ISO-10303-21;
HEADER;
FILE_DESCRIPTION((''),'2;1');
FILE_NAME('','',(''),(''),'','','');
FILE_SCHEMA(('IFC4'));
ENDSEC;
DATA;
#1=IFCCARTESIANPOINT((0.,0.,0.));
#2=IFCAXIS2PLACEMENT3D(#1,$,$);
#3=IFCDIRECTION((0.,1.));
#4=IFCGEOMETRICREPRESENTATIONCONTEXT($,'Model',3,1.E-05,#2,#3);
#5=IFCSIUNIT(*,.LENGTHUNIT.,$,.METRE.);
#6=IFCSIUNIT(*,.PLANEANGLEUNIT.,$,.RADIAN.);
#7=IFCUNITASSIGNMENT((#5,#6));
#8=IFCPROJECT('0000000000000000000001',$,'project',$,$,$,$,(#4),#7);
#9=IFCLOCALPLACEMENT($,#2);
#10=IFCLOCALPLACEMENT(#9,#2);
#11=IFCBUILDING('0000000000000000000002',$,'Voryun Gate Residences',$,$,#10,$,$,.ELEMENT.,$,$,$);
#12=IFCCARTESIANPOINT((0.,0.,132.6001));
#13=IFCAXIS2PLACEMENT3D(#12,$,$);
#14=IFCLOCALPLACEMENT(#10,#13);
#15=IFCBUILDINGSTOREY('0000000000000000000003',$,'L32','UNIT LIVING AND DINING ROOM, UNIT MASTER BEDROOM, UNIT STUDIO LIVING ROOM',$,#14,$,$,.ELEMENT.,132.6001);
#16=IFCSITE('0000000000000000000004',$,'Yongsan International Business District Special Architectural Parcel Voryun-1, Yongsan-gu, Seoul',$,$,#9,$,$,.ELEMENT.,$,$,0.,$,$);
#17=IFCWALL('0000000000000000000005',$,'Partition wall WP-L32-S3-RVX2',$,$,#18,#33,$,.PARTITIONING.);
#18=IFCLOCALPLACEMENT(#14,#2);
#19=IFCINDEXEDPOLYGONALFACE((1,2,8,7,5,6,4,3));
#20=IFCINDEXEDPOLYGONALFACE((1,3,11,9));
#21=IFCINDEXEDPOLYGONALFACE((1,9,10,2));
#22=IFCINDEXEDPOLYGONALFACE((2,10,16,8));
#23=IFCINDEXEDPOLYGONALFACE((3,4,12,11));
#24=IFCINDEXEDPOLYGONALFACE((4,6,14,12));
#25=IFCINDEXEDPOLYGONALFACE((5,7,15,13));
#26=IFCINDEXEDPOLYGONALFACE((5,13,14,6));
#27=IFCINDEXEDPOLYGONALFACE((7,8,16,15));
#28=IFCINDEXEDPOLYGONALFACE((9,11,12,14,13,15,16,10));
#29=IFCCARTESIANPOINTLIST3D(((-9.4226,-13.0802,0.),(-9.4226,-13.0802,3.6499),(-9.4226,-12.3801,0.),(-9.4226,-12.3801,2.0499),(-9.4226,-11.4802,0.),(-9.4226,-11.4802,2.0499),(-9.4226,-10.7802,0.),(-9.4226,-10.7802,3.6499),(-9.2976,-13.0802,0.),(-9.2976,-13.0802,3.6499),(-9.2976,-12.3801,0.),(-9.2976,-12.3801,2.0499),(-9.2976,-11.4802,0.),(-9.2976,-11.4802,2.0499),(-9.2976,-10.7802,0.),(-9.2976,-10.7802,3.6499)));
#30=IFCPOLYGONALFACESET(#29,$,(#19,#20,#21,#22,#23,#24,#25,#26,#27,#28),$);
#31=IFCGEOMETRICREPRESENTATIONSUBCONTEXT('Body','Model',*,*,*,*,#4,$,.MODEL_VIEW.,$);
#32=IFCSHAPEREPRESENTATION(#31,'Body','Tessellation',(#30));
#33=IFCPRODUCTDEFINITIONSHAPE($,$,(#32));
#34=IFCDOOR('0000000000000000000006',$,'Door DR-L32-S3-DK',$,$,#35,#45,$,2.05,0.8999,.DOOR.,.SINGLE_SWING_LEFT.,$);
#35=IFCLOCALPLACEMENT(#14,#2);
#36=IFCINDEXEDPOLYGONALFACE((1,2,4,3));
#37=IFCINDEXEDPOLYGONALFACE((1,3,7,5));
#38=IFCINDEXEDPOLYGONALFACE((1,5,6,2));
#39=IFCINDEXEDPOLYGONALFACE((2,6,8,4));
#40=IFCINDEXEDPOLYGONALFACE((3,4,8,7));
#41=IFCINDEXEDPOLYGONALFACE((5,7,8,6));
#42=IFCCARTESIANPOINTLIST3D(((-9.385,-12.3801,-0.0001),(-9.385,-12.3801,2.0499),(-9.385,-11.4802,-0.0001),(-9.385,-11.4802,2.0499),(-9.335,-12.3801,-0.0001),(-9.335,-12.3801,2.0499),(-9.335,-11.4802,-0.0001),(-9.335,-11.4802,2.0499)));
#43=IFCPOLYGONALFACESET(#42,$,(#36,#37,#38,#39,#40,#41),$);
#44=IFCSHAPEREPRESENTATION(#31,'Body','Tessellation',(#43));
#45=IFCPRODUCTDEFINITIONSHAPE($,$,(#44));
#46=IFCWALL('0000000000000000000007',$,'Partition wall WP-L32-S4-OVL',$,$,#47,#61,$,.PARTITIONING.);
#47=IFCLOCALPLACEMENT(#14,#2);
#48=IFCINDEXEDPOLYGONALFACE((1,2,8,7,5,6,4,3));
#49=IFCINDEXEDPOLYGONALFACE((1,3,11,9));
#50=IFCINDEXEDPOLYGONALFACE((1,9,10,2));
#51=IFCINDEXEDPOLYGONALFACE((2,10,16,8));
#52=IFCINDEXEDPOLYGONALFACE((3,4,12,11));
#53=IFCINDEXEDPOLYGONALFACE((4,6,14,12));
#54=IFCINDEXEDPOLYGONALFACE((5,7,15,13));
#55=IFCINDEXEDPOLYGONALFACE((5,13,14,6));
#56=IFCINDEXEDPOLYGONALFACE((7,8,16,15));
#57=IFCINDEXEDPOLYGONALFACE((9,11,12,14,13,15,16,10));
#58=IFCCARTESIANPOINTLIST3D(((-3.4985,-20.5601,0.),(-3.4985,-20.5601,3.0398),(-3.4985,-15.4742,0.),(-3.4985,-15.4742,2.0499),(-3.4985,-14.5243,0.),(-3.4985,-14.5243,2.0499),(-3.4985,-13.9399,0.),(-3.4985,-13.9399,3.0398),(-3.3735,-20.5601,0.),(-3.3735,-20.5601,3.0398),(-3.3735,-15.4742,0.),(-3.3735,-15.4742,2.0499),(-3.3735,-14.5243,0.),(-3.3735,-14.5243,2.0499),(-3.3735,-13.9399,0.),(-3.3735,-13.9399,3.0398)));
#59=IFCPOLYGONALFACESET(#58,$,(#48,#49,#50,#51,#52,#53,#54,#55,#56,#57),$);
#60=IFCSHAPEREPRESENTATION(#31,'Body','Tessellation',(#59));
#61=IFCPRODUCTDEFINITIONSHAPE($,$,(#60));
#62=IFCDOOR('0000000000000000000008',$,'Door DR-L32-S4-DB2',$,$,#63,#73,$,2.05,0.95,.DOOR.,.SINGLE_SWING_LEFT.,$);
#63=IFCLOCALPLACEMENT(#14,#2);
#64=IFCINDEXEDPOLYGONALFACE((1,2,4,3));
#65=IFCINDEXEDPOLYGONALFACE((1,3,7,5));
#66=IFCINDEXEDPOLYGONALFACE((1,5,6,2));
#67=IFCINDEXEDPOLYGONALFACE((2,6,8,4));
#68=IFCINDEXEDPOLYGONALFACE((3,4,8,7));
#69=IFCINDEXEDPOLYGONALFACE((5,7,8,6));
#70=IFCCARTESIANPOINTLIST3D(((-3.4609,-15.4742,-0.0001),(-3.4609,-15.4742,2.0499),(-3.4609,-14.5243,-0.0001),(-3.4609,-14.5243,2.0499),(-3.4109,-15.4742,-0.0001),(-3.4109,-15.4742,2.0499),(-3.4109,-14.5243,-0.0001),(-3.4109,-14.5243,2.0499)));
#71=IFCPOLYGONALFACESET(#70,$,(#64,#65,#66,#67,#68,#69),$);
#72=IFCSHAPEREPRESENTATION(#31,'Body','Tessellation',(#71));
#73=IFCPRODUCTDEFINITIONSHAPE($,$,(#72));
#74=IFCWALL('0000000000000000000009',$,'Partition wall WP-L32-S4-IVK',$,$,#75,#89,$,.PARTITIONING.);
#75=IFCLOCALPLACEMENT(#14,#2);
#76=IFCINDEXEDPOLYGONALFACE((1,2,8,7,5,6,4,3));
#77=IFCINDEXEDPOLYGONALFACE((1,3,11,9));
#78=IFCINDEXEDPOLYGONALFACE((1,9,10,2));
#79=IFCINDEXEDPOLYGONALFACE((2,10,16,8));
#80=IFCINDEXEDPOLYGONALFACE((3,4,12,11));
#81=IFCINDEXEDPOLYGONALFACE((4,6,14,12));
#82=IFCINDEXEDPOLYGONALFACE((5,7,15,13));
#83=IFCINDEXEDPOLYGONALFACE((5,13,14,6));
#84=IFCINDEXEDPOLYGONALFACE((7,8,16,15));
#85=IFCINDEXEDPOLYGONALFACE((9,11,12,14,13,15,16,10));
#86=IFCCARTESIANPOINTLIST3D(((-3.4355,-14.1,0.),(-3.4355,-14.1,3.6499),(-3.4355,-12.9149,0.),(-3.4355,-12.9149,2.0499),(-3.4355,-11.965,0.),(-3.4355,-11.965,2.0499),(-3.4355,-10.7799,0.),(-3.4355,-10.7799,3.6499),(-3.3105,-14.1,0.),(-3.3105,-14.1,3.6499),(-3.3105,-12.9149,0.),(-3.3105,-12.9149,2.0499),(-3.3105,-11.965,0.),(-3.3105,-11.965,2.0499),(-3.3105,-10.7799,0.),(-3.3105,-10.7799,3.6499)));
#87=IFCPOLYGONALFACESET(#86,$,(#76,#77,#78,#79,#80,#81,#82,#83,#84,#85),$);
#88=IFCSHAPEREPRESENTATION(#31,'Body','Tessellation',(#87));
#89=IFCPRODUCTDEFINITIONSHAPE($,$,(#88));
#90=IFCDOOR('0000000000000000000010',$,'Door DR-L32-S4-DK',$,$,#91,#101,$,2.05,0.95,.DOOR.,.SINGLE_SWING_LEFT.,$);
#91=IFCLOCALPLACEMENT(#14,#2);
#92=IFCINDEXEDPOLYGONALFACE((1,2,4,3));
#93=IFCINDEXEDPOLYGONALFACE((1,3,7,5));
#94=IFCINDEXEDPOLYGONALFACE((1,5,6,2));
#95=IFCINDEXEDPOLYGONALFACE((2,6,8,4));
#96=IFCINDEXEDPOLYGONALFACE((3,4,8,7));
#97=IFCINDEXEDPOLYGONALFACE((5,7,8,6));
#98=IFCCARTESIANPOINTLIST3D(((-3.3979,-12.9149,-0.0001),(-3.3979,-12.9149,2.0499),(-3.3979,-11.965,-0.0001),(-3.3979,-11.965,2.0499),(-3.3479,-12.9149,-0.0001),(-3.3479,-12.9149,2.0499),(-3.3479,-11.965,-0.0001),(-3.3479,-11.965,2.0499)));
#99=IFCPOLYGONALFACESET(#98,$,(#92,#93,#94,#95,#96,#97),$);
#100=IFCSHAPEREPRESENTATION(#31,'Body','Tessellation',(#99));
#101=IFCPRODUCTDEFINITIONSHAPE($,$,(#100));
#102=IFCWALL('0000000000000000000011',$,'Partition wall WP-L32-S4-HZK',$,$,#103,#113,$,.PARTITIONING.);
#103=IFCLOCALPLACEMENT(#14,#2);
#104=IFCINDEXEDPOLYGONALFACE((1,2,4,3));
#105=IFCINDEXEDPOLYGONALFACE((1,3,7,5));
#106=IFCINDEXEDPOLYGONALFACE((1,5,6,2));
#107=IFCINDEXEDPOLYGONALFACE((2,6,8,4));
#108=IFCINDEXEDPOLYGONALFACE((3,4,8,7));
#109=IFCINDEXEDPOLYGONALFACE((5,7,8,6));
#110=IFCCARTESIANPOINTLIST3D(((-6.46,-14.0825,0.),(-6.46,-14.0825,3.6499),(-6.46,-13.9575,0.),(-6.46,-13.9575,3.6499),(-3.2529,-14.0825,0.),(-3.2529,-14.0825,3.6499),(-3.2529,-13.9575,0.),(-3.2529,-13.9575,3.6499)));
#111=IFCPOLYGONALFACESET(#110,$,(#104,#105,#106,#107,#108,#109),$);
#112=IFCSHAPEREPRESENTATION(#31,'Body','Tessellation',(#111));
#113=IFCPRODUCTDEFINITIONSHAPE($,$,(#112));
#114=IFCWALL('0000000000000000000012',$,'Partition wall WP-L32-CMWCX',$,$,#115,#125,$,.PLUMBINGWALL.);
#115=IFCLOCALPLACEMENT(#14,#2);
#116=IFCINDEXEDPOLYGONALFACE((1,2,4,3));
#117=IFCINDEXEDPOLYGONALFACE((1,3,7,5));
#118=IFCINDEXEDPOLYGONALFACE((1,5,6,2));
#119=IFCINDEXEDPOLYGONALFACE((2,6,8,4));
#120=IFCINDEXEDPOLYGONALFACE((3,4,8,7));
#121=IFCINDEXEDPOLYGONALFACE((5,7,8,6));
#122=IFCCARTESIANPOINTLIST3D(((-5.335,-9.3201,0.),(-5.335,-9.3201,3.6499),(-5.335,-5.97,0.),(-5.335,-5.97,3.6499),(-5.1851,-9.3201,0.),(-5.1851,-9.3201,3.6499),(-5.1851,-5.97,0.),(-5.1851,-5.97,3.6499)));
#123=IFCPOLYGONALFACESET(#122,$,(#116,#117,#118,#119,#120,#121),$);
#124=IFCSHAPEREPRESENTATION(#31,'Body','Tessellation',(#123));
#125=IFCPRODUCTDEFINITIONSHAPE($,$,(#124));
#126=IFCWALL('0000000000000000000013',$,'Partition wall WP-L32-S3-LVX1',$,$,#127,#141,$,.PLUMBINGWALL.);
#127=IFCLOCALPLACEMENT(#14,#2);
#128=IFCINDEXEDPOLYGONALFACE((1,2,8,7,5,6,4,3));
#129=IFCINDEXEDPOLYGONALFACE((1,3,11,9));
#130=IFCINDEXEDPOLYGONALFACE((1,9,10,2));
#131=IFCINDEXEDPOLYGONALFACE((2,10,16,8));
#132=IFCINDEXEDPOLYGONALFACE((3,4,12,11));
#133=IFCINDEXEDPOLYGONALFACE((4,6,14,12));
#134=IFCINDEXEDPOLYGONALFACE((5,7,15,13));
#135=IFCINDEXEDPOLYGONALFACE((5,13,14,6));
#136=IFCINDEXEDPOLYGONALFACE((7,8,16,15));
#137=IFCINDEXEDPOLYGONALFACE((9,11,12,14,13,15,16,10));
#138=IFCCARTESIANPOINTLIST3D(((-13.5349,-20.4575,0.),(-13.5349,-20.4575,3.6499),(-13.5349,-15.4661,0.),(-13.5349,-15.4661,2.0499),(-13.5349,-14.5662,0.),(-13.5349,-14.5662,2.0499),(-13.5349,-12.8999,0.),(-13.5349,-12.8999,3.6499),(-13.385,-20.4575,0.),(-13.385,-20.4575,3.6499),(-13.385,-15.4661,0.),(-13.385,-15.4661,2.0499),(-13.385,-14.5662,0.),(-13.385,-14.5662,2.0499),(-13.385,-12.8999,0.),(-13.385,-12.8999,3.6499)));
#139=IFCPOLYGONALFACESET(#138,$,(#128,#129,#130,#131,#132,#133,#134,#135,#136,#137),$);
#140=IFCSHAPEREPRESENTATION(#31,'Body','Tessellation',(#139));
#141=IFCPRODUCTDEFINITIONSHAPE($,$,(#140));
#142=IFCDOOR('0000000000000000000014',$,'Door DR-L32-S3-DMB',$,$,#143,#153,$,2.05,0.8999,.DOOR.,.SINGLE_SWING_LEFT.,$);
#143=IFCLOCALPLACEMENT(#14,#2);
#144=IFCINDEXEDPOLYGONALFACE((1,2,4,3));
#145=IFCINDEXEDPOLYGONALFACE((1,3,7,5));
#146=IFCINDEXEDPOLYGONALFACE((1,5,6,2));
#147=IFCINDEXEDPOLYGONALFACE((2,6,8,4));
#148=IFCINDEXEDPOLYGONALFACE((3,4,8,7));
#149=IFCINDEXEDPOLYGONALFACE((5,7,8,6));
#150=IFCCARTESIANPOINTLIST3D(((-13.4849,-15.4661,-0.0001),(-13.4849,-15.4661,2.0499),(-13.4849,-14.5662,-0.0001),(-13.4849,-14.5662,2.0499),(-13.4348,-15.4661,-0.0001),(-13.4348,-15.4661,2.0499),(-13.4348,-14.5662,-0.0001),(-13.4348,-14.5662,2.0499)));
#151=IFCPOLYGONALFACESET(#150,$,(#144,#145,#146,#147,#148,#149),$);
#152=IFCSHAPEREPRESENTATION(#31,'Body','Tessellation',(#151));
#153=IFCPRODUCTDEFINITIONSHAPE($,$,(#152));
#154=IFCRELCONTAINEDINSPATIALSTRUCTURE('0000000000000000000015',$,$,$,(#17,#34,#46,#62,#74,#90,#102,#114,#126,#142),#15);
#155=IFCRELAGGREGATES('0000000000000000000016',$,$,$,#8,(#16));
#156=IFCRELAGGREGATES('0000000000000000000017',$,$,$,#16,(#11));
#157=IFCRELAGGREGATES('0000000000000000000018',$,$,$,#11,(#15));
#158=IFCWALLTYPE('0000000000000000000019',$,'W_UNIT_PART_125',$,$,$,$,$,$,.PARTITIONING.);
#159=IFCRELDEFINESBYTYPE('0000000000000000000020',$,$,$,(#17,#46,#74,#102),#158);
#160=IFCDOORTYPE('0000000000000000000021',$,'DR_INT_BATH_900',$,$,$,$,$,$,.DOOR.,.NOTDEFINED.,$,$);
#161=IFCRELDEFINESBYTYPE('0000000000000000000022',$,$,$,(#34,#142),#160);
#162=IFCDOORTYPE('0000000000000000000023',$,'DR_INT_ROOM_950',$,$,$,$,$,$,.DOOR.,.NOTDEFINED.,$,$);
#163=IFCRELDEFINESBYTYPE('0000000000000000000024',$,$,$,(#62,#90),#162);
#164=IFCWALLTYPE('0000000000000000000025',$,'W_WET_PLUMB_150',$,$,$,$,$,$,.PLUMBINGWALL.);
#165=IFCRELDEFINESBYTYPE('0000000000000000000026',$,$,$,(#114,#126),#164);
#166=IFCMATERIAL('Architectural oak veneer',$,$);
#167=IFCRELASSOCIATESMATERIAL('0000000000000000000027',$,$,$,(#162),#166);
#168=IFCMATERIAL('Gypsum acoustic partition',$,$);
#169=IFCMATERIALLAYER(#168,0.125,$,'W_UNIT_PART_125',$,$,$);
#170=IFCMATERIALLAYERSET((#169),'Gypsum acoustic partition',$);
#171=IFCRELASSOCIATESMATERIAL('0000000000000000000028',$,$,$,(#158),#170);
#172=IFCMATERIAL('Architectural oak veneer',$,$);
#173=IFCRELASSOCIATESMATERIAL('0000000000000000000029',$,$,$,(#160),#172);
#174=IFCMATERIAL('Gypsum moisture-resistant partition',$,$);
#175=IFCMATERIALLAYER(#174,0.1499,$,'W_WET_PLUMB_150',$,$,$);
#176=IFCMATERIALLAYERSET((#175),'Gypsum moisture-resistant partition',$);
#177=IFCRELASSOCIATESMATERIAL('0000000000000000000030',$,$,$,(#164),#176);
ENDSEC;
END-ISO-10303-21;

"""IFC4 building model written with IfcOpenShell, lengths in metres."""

from ifc_helpers import new_model, si_unit, direction, frame, frame_2d, origin, place, context, subcontext, project, spatial, rectangle, extrude, material, layer, layer_set, type_object, element, fill, save


model = new_model("IFC4")

# Units and contexts
model_context = context("Model", 3, precision=1e-05, world=origin(), true_north=direction((0.0, 1.0)))
body_context = subcontext(model_context, "Body", "Model", "MODEL_VIEW")
ifc_project = project(units=[si_unit("LENGTHUNIT", "METRE"), si_unit("PLANEANGLEUNIT", "RADIAN")], contexts=[model_context])

# Site, building, storey
site_placement = place(None, origin())
site = spatial("IfcSite", under=ifc_project, at=site_placement, Name="Yongsan International Business District Special Architectural Parcel Voryun-1, Yongsan-gu, Seoul", CompositionType="ELEMENT", RefElevation=0.0)
building_placement = place(site_placement, origin())
building = spatial("IfcBuilding", under=site, at=building_placement, Name="Voryun Gate Residences", CompositionType="ELEMENT")
storey_placement = place(building_placement, frame((0.0, 0.0, 132.6001)))
storey = spatial("IfcBuildingStorey", under=building, at=storey_placement, Name="L32", Description="UNIT LIVING AND DINING ROOM, UNIT MASTER BEDROOM, UNIT STUDIO LIVING ROOM", CompositionType="ELEMENT", Elevation=132.6001)

# Shared definitions
ifc_material_1 = material(Name="Architectural oak veneer")
door_type_1 = type_object("IfcDoorType", Name="DR_INT_ROOM_950", OperationType="NOTDEFINED", PredefinedType="DOOR", material=ifc_material_1)

# Shared definitions
ifc_material_2 = material(Name="Gypsum acoustic partition")
ifc_layer_1 = layer(ifc_material_2, 0.125, Name="W_UNIT_PART_125")
ifc_layer_set_1 = layer_set([ifc_layer_1], Name="Gypsum acoustic partition")
wall_type_1 = type_object("IfcWallType", Name="W_UNIT_PART_125", PredefinedType="PARTITIONING", material=ifc_layer_set_1)

# Walls, openings, doors
ifc_material_3 = material(Name="Architectural oak veneer")
door_type_2 = type_object("IfcDoorType", Name="DR_INT_BATH_900", OperationType="NOTDEFINED", PredefinedType="DOOR", material=ifc_material_3)
wall_1_placement = place(storey_placement, frame((-9.3601, -13.0801, 0.0), z_axis=(0.0, 0.0, 1.0), x_axis=(0.0, 1.0, 0.0)))
wall_1 = element("IfcWall", 1, at=wall_1_placement, inside=storey, type_object=wall_type_1, Name="Partition wall WP-L32-S3-RVX2", PredefinedType="PARTITIONING", context=body_context, shape_type="SweptSolid", body=[
    extrude(rectangle(XDim=2.3, YDim=0.125, at=frame_2d((1.1499, 0.0))), origin(), (0.0, 0.0, 1.0), 3.6499),
])
opening_1_placement = place(wall_1_placement, frame((0.7, 0.0, 0.0)))
opening_1 = element("IfcOpeningElement", 2, at=opening_1_placement, cuts=wall_1, PredefinedType="OPENING", context=body_context, shape_type="SweptSolid", body=[
    extrude(rectangle(XDim=0.8999, YDim=2.05, at=frame_2d((0.45, 1.0249))), frame((0.0, 0.0725, 0.0), z_axis=(0.0, -1.0, 0.0), x_axis=(1.0, 0.0, 0.0)), (0.0, 0.0, 1.0), 0.145),
])
door_1_placement = place(opening_1_placement, origin())
door_1 = element("IfcDoor", 3, at=door_1_placement, inside=storey, type_object=door_type_2, Name="Door DR-L32-S3-DK", OperationType="SINGLE_SWING_LEFT", OverallHeight=2.05, OverallWidth=0.8999, PredefinedType="DOOR", context=body_context, shape_type="SweptSolid", body=[
    extrude(rectangle(XDim=0.8999, YDim=2.05, at=frame_2d((0.45, 1.0249))), frame((0.0, 0.0249, 0.0), z_axis=(0.0, -1.0, 0.0), x_axis=(1.0, 0.0, 0.0)), (0.0, 0.0, 1.0), 0.05),
])
fill(opening_1, door_1)
wall_2_placement = place(storey_placement, frame((-3.436, -20.5601, 0.0), z_axis=(0.0, 0.0, 1.0), x_axis=(0.0, 1.0, 0.0)))
wall_2 = element("IfcWall", 4, at=wall_2_placement, inside=storey, type_object=wall_type_1, Name="Partition wall WP-L32-S4-OVL", PredefinedType="PARTITIONING", context=body_context, shape_type="SweptSolid", body=[
    extrude(rectangle(XDim=6.6201, YDim=0.125, at=frame_2d((3.3101, 0.0))), origin(), (0.0, 0.0, 1.0), 3.0398),
])
opening_2_placement = place(wall_2_placement, frame((5.0857, 0.0, 0.0)))
opening_2 = element("IfcOpeningElement", 5, at=opening_2_placement, cuts=wall_2, PredefinedType="OPENING", context=body_context, shape_type="SweptSolid", body=[
    extrude(rectangle(XDim=0.95, YDim=2.05, at=frame_2d((0.4751, 1.0249))), frame((0.0, 0.0725, 0.0), z_axis=(0.0, -1.0, 0.0), x_axis=(1.0, 0.0, 0.0)), (0.0, 0.0, 1.0), 0.145),
])
door_2_placement = place(opening_2_placement, origin())
door_2 = element("IfcDoor", 6, at=door_2_placement, inside=storey, type_object=door_type_1, Name="Door DR-L32-S4-DB2", OperationType="SINGLE_SWING_LEFT", OverallHeight=2.05, OverallWidth=0.95, PredefinedType="DOOR", context=body_context, shape_type="SweptSolid", body=[
    extrude(rectangle(XDim=0.95, YDim=2.05, at=frame_2d((0.4751, 1.0249))), frame((0.0, 0.0249, 0.0), z_axis=(0.0, -1.0, 0.0), x_axis=(1.0, 0.0, 0.0)), (0.0, 0.0, 1.0), 0.05),
])
fill(opening_2, door_2)
wall_3_placement = place(storey_placement, frame((-3.373, -14.1001, 0.0), z_axis=(0.0, 0.0, 1.0), x_axis=(0.0, 1.0, 0.0)))
wall_3 = element("IfcWall", 7, at=wall_3_placement, inside=storey, type_object=wall_type_1, Name="Partition wall WP-L32-S4-IVK", PredefinedType="PARTITIONING", context=body_context, shape_type="SweptSolid", body=[
    extrude(rectangle(XDim=3.3201, YDim=0.125, at=frame_2d((1.6602, 0.0))), origin(), (0.0, 0.0, 1.0), 3.6499),
])
opening_3_placement = place(wall_3_placement, frame((1.1851, 0.0, 0.0)))
opening_3 = element("IfcOpeningElement", 8, at=opening_3_placement, cuts=wall_3, PredefinedType="OPENING", context=body_context, shape_type="SweptSolid", body=[
    extrude(rectangle(XDim=0.95, YDim=2.05, at=frame_2d((0.4751, 1.0249))), frame((0.0, 0.0725, 0.0), z_axis=(0.0, -1.0, 0.0), x_axis=(1.0, 0.0, 0.0)), (0.0, 0.0, 1.0), 0.145),
])
door_3_placement = place(opening_3_placement, origin())
door_3 = element("IfcDoor", 9, at=door_3_placement, inside=storey, type_object=door_type_1, Name="Door DR-L32-S4-DK", OperationType="SINGLE_SWING_LEFT", OverallHeight=2.05, OverallWidth=0.95, PredefinedType="DOOR", context=body_context, shape_type="SweptSolid", body=[
    extrude(rectangle(XDim=0.95, YDim=2.05, at=frame_2d((0.4751, 1.0249))), frame((0.0, 0.0249, 0.0), z_axis=(0.0, -1.0, 0.0), x_axis=(1.0, 0.0, 0.0)), (0.0, 0.0, 1.0), 0.05),
])
fill(opening_3, door_3)

# Walls
wall_4_placement = place(storey_placement, frame((-6.46, -14.02, 0.0), z_axis=(0.0, 0.0, 1.0), x_axis=(1.0, 0.0, 0.0)))
element("IfcWall", 10, at=wall_4_placement, inside=storey, type_object=wall_type_1, Name="Partition wall WP-L32-S4-HZK", PredefinedType="PARTITIONING", context=body_context, shape_type="SweptSolid", body=[
    extrude(rectangle(XDim=3.207, YDim=0.125, at=frame_2d((1.6035, 0.0))), origin(), (0.0, 0.0, 1.0), 3.6499),
])
ifc_material_4 = material(Name="Gypsum moisture-resistant partition")
ifc_layer_2 = layer(ifc_material_4, 0.1499, Name="W_WET_PLUMB_150")
ifc_layer_set_2 = layer_set([ifc_layer_2], Name="Gypsum moisture-resistant partition")
wall_type_2 = type_object("IfcWallType", Name="W_WET_PLUMB_150", PredefinedType="PLUMBINGWALL", material=ifc_layer_set_2)
wall_5_placement = place(storey_placement, frame((-5.26, -9.3201, 0.0), z_axis=(0.0, 0.0, 1.0), x_axis=(0.0, 1.0, 0.0)))
element("IfcWall", 11, at=wall_5_placement, inside=storey, type_object=wall_type_2, Name="Partition wall WP-L32-CMWCX", PredefinedType="PLUMBINGWALL", context=body_context, shape_type="SweptSolid", body=[
    extrude(rectangle(XDim=3.3501, YDim=0.1499, at=frame_2d((1.675, 0.0))), origin(), (0.0, 0.0, 1.0), 3.6499),
])

# Wall, opening, door
wall_6_placement = place(storey_placement, frame((-13.46, -20.4575, 0.0), z_axis=(0.0, 0.0, 1.0), x_axis=(0.0, 1.0, 0.0)))
wall_6 = element("IfcWall", 12, at=wall_6_placement, inside=storey, type_object=wall_type_2, Name="Partition wall WP-L32-S3-LVX1", PredefinedType="PLUMBINGWALL", context=body_context, shape_type="SweptSolid", body=[
    extrude(rectangle(XDim=7.5576, YDim=0.1499, at=frame_2d((3.7788, 0.0))), origin(), (0.0, 0.0, 1.0), 3.6499),
])
opening_4_placement = place(wall_6_placement, frame((4.9915, 0.0, 0.0)))
opening_4 = element("IfcOpeningElement", 13, at=opening_4_placement, cuts=wall_6, PredefinedType="OPENING", context=body_context, shape_type="SweptSolid", body=[
    extrude(rectangle(XDim=0.8999, YDim=2.05, at=frame_2d((0.45, 1.0249))), frame((0.0, 0.085, 0.0), z_axis=(0.0, -1.0, 0.0), x_axis=(1.0, 0.0, 0.0)), (0.0, 0.0, 1.0), 0.1699),
])
door_4_placement = place(opening_4_placement, origin())
door_4 = element("IfcDoor", 14, at=door_4_placement, inside=storey, type_object=door_type_2, Name="Door DR-L32-S3-DMB", OperationType="SINGLE_SWING_LEFT", OverallHeight=2.05, OverallWidth=0.8999, PredefinedType="DOOR", context=body_context, shape_type="SweptSolid", body=[
    extrude(rectangle(XDim=0.8999, YDim=2.05, at=frame_2d((0.45, 1.0249))), frame((0.0, 0.0249, 0.0), z_axis=(0.0, -1.0, 0.0), x_axis=(1.0, 0.0, 0.0)), (0.0, 0.0, 1.0), 0.05),
])
fill(opening_4, door_4)

save(model, "model.ifc")
